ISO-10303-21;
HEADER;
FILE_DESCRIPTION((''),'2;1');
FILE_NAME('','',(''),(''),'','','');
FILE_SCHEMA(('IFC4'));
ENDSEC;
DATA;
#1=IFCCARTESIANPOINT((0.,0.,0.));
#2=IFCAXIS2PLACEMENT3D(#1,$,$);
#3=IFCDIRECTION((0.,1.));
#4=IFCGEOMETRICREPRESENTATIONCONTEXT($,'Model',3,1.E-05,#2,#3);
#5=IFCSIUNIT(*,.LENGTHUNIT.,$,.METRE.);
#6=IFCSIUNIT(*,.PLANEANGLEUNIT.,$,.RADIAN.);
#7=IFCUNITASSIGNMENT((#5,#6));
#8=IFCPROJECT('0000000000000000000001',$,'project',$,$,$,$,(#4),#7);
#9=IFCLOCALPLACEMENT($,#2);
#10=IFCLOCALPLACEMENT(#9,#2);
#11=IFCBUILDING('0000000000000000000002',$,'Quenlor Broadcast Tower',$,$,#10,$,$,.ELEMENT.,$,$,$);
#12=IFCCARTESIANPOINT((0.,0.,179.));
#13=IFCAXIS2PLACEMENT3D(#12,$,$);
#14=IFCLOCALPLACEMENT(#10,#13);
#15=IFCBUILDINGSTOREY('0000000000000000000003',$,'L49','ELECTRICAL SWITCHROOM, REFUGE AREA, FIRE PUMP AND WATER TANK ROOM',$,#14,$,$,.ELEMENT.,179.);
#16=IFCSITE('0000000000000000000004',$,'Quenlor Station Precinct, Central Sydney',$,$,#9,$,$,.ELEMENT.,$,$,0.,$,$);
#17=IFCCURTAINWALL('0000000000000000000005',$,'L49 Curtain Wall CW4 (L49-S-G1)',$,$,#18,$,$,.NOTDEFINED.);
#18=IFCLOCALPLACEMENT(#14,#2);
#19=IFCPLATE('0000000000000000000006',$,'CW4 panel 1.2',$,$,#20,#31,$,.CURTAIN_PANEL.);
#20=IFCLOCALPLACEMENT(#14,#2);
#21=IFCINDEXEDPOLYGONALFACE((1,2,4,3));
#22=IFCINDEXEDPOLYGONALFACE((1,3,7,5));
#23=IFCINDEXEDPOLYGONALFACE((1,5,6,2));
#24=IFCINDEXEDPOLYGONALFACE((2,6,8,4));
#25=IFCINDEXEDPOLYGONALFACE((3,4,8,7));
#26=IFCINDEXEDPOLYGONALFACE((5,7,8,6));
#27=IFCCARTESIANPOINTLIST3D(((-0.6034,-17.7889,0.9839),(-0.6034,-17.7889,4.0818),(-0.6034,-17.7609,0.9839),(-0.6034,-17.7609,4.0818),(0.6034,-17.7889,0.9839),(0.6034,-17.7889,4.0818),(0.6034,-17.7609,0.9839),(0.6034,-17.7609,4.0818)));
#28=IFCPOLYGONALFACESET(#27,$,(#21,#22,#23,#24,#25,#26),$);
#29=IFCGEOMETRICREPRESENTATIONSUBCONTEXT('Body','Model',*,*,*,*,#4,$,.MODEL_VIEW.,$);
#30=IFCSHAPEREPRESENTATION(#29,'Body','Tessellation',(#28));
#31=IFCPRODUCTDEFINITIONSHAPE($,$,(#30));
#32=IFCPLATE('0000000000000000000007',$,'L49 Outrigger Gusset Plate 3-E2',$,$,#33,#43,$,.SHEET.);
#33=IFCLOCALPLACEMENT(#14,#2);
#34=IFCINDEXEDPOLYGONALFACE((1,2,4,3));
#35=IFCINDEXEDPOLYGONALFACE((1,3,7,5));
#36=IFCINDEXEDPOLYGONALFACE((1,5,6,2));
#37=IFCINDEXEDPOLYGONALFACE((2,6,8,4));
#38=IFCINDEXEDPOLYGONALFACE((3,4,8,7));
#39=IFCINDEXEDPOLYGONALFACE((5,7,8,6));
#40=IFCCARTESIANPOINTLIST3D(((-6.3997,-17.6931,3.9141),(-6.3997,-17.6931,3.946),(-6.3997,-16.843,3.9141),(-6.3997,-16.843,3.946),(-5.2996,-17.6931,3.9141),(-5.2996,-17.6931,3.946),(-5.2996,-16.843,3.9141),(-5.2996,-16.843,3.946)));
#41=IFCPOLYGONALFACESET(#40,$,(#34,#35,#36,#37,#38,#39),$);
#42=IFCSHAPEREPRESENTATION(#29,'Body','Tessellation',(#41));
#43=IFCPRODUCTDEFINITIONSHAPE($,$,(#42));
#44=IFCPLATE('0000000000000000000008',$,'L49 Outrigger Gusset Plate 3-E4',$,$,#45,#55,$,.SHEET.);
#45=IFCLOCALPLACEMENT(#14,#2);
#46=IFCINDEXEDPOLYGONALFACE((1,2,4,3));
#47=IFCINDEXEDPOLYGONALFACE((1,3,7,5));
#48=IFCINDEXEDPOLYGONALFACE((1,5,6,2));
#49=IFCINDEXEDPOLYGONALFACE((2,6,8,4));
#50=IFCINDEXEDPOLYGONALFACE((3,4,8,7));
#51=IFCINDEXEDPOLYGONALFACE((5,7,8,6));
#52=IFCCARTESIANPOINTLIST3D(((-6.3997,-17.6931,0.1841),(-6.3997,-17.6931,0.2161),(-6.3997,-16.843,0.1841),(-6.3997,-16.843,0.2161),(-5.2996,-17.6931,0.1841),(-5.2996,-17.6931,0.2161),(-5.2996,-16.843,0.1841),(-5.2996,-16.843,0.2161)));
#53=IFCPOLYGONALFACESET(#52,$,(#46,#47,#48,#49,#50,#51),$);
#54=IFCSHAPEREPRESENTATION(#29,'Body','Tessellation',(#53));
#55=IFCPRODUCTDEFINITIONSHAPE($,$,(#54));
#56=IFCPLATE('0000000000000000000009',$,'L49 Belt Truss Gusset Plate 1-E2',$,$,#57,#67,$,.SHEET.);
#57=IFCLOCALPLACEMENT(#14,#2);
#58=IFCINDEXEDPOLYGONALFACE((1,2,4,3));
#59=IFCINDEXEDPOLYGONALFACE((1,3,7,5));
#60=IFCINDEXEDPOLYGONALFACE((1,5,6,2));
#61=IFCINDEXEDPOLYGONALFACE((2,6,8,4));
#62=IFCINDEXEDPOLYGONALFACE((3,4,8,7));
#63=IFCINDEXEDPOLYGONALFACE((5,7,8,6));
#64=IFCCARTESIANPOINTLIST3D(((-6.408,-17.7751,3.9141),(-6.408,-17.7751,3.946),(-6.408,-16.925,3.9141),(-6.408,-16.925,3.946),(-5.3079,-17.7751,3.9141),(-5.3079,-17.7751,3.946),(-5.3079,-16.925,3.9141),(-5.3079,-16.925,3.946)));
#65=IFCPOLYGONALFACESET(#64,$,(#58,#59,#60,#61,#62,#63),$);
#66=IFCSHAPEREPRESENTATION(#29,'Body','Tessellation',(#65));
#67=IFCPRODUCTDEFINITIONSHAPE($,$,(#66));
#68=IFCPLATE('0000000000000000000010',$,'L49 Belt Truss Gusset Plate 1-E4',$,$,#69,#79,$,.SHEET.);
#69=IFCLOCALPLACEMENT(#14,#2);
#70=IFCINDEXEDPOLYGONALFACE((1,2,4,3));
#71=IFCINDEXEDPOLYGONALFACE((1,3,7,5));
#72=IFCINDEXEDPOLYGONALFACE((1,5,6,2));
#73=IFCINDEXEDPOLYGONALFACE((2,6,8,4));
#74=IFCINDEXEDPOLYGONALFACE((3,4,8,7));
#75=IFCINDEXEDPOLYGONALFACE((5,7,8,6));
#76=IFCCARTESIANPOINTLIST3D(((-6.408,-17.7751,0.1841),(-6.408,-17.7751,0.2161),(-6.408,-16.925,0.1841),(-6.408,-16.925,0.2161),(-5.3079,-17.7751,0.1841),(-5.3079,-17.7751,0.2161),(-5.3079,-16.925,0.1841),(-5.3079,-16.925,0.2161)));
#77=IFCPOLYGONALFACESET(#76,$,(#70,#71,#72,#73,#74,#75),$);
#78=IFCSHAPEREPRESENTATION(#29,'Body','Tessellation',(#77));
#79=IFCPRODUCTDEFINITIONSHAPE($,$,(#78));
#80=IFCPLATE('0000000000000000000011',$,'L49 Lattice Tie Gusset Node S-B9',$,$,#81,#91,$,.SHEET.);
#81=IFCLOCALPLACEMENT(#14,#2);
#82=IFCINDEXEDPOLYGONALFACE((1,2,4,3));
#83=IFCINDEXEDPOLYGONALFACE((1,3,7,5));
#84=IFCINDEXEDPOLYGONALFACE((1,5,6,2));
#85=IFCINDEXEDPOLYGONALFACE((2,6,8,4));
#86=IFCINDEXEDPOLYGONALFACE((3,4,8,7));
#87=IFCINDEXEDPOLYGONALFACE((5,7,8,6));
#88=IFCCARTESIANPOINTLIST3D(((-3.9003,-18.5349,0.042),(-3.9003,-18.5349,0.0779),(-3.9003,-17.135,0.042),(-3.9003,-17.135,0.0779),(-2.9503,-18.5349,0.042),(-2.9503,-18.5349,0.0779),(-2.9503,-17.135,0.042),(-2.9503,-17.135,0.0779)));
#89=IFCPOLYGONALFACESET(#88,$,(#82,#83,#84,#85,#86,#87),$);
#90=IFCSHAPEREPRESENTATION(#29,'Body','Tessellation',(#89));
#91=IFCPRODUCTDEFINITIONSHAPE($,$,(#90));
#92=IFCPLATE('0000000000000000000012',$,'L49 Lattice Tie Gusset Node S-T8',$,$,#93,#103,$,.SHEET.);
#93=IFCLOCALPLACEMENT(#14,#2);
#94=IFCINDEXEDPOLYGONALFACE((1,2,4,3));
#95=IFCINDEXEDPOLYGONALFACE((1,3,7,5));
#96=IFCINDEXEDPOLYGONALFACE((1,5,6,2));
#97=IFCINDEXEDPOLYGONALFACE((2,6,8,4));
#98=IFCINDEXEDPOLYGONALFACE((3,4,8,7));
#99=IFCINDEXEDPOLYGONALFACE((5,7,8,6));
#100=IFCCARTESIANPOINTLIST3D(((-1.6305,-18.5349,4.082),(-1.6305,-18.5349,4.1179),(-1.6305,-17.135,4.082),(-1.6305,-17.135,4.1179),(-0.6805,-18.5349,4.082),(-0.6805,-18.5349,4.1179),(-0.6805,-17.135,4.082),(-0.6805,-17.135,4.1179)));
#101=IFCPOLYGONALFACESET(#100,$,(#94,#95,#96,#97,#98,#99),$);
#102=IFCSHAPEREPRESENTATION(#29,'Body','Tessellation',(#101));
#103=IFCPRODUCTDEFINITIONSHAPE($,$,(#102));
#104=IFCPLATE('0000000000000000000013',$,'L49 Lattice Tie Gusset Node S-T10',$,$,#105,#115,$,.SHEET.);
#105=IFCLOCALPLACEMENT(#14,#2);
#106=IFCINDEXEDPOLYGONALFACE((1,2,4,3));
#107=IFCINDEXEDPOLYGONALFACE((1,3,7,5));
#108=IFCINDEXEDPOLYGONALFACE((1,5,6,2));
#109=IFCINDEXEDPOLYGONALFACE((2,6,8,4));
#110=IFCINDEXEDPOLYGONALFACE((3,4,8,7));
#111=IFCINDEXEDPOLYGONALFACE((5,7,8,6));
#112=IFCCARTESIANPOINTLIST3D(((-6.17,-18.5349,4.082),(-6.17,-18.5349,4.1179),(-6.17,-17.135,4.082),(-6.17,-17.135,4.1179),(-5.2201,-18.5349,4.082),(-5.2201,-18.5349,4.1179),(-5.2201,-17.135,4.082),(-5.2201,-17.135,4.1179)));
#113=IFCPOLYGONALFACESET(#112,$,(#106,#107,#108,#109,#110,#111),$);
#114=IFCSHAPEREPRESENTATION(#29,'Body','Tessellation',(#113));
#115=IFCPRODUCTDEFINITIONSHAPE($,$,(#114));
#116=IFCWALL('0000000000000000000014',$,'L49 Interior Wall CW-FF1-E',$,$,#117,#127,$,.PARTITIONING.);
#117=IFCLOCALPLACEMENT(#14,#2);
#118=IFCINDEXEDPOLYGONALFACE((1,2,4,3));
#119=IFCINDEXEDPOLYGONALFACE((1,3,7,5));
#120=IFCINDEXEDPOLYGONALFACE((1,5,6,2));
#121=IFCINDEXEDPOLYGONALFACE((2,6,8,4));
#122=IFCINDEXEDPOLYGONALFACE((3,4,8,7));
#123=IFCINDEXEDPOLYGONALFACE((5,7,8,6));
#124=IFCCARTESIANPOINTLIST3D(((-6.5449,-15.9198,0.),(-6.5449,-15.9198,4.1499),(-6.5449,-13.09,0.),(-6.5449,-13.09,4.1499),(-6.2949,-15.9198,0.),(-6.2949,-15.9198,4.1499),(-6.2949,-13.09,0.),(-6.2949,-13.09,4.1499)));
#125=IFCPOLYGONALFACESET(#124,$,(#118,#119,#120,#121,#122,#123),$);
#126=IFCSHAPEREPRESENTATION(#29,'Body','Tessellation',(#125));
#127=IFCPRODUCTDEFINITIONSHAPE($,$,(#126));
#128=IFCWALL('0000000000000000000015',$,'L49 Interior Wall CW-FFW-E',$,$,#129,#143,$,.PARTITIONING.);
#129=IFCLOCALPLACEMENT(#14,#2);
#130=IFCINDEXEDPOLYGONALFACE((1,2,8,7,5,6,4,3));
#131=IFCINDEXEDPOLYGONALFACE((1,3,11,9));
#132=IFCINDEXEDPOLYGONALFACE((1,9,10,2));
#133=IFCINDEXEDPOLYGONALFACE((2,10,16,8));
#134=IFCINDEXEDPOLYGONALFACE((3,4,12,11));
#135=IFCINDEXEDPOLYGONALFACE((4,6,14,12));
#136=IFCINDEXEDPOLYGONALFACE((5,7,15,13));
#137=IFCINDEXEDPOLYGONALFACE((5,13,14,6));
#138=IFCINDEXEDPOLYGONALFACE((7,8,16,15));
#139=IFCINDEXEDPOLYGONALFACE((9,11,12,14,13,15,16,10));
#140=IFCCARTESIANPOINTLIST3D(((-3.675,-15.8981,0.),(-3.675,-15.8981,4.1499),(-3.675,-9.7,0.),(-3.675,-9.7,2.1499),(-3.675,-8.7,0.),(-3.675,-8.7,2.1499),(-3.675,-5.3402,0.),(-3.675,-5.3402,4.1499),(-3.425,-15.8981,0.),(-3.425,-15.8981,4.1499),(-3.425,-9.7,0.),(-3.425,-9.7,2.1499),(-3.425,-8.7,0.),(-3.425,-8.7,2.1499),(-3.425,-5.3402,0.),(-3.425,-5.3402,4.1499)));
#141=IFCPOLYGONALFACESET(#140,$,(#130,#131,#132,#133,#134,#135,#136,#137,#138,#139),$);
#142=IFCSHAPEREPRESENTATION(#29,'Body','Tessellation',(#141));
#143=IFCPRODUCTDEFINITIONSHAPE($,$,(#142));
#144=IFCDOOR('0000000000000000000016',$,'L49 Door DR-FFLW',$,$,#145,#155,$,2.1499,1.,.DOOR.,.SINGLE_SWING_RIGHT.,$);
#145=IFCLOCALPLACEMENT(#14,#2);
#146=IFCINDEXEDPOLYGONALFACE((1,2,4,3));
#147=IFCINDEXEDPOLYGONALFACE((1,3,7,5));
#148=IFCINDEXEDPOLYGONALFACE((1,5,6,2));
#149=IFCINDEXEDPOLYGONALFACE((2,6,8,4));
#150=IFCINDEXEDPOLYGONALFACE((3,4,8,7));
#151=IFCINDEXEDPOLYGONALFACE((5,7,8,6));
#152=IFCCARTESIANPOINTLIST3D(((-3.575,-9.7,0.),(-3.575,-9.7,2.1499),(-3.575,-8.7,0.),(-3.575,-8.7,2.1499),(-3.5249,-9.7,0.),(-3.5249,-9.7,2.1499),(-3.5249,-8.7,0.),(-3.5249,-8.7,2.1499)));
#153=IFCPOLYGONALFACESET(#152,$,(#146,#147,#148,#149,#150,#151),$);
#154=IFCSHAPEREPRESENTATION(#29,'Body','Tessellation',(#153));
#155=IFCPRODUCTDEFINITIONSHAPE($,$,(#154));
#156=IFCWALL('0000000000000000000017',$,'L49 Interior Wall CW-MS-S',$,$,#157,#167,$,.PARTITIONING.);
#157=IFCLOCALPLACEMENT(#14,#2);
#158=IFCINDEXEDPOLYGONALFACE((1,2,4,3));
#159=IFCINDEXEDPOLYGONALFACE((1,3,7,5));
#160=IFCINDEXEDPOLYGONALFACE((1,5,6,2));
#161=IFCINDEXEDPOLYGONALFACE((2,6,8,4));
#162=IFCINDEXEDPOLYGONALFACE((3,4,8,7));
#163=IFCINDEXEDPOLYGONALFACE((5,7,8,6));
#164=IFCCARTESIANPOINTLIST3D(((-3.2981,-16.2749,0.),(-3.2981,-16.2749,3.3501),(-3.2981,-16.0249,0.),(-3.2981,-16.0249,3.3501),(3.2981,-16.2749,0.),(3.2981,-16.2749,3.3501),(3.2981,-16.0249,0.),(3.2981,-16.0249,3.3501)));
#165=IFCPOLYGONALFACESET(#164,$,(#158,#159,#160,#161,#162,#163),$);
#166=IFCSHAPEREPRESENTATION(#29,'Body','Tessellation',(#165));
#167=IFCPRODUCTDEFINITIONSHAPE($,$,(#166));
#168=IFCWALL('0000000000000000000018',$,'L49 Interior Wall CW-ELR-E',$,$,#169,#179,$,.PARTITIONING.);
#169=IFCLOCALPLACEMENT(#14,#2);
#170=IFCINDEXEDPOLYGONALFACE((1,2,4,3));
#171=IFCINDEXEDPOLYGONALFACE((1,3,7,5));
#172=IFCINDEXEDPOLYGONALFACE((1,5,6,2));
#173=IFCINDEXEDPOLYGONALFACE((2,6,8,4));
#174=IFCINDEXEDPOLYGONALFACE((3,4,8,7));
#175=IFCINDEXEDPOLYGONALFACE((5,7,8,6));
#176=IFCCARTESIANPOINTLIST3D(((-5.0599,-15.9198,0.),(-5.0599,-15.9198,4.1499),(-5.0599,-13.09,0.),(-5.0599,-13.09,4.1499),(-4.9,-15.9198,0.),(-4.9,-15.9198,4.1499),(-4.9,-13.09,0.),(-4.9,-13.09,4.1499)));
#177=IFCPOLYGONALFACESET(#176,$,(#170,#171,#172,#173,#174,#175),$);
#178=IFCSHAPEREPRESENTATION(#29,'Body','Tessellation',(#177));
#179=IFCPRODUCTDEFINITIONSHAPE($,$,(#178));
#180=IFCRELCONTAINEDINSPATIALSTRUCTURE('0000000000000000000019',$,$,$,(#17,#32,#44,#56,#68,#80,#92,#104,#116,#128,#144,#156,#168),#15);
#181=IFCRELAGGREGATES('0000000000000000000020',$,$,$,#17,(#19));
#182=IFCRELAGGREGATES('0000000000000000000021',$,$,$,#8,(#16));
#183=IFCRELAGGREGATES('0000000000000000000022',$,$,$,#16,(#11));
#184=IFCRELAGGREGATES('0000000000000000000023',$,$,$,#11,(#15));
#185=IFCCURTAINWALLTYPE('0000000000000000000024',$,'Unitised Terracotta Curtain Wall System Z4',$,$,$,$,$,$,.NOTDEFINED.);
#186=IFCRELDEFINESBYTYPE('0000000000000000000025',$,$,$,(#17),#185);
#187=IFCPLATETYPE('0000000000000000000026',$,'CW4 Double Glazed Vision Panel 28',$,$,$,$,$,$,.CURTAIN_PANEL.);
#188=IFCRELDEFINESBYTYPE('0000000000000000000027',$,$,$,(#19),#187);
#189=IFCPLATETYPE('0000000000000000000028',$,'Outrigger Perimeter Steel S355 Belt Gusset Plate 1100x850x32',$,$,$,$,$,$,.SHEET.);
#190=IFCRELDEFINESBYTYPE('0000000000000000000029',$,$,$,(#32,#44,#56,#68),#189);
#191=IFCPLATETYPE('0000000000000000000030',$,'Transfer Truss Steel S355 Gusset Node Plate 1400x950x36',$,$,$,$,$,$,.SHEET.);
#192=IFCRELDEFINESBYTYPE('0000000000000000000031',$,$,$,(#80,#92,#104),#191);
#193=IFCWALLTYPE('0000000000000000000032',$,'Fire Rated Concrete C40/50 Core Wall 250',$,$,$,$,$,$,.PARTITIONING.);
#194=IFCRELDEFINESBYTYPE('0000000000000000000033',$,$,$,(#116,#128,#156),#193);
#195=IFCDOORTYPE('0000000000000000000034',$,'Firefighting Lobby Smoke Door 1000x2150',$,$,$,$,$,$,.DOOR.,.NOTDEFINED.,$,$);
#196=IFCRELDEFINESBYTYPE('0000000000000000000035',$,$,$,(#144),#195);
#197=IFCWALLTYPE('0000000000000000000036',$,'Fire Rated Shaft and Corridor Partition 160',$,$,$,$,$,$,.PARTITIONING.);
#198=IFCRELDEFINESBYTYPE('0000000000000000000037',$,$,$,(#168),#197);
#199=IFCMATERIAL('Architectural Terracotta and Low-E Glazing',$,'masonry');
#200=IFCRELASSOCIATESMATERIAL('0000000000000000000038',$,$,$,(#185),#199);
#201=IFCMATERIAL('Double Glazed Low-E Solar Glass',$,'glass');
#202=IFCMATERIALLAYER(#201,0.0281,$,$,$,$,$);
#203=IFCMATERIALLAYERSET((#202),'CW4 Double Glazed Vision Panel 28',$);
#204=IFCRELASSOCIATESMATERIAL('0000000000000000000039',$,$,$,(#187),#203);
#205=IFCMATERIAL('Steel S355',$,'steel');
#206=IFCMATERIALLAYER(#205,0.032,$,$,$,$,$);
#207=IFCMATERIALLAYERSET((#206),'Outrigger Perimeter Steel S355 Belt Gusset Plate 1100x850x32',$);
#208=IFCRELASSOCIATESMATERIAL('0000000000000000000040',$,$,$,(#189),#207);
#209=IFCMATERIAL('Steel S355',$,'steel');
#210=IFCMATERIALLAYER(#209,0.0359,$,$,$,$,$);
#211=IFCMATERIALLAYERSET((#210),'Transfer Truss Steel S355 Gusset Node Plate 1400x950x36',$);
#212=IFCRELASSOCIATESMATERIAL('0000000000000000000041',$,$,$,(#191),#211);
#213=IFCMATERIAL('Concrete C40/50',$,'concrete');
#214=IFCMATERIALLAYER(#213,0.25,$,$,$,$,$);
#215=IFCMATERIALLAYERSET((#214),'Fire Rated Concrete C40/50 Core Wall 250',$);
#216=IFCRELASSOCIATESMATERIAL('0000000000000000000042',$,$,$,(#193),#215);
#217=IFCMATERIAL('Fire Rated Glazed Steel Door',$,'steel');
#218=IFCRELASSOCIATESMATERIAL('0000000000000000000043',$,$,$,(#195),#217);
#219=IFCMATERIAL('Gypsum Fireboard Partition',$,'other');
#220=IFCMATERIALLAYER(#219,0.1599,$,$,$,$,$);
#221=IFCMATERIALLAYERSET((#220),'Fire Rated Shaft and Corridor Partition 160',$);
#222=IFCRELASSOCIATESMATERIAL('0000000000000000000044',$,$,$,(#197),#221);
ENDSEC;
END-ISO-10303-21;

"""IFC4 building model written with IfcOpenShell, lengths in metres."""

from ifc_helpers import new_model, si_unit, direction, frame, frame_2d, origin, origin_2d, place, context, subcontext, project, spatial, rectangle, extrude, material, layer, layer_set, type_object, element, fill, aggregate, save


model = new_model("IFC4")

# Units and contexts
model_context = context("Model", 3, precision=1e-05, world=origin(), true_north=direction((0.0, 1.0)))
body_context = subcontext(model_context, "Body", "Model", "MODEL_VIEW")
ifc_project = project(units=[si_unit("LENGTHUNIT", "METRE"), si_unit("PLANEANGLEUNIT", "RADIAN")], contexts=[model_context])

# Site, building, storey
site_placement = place(None, origin())
site = spatial("IfcSite", under=ifc_project, at=site_placement, Name="Quenlor Station Precinct, Central Sydney", CompositionType="ELEMENT", RefElevation=0.0)
building_placement = place(site_placement, origin())
building = spatial("IfcBuilding", under=site, at=building_placement, Name="Quenlor Broadcast Tower", CompositionType="ELEMENT")
storey_placement = place(building_placement, frame((0.0, 0.0, 179.0)))
storey = spatial("IfcBuildingStorey", under=building, at=storey_placement, Name="L49", Description="ELECTRICAL SWITCHROOM, REFUGE AREA, FIRE PUMP AND WATER TANK ROOM", CompositionType="ELEMENT", Elevation=179.0)

# Curtain wall
ifc_material_1 = material(Name="Architectural Terracotta and Low-E Glazing", Category="masonry")
curtain_wall_type = type_object("IfcCurtainWallType", Name="Unitised Terracotta Curtain Wall System Z4", PredefinedType="NOTDEFINED", material=ifc_material_1)
curtain_wall_placement = place(storey_placement, origin())
curtain_wall = element("IfcCurtainWall", 1, at=curtain_wall_placement, inside=storey, type_object=curtain_wall_type, Name="L49 Curtain Wall CW4 (L49-S-G1)", PredefinedType="NOTDEFINED")

# Plate
ifc_material_2 = material(Name="Double Glazed Low-E Solar Glass", Category="glass")
ifc_layer_1 = layer(ifc_material_2, 0.0281)
ifc_layer_set_1 = layer_set([ifc_layer_1], Name="CW4 Double Glazed Vision Panel 28")
plate_type_1 = type_object("IfcPlateType", Name="CW4 Double Glazed Vision Panel 28", PredefinedType="CURTAIN_PANEL", material=ifc_layer_set_1)
plate_1_placement = place(storey_placement, frame((0.0, -17.7749, 0.9839), z_axis=(0.0, 0.0, 1.0), x_axis=(-1.0, 0.0, 0.0)))
plate_1 = element("IfcPlate", 2, at=plate_1_placement, type_object=plate_type_1, Name="CW4 panel 1.2", PredefinedType="CURTAIN_PANEL", context=body_context, shape_type="SweptSolid", body=[
    extrude(rectangle(XDim=1.2068, YDim=0.0281, at=origin_2d()), origin(), (0.0, 0.0, 1.0), 3.0979),
])
aggregate(curtain_wall, [plate_1])

# Plates
ifc_material_3 = material(Name="Steel S355", Category="steel")
ifc_layer_2 = layer(ifc_material_3, 0.032)
ifc_layer_set_2 = layer_set([ifc_layer_2], Name="Outrigger Perimeter Steel S355 Belt Gusset Plate 1100x850x32")
plate_type_2 = type_object("IfcPlateType", Name="Outrigger Perimeter Steel S355 Belt Gusset Plate 1100x850x32", PredefinedType="SHEET", material=ifc_layer_set_2)
for number, where, z_axis, x_axis, name in (
    (3, (-5.8496, -17.2681, 3.9141), (0.0, 0.0, 1.0), (1.0, 0.0, 0.0), "L49 Outrigger Gusset Plate 3-E2"),
    (4, (-5.8496, -17.2681, 0.1841), (0.0, 0.0, 1.0), (1.0, 0.0, 0.0), "L49 Outrigger Gusset Plate 3-E4"),
    (5, (-5.8579, -17.3501, 3.9141), (0.0, 0.0, 1.0), (1.0, 0.0, 0.0), "L49 Belt Truss Gusset Plate 1-E2"),
    (6, (-5.8579, -17.3501, 0.1841), (0.0, 0.0, 1.0), (1.0, 0.0, 0.0), "L49 Belt Truss Gusset Plate 1-E4"),
):
    element("IfcPlate", number, at=place(storey_placement, frame(where, z_axis=z_axis, x_axis=x_axis)), inside=storey, type_object=plate_type_2, Name=name, PredefinedType="SHEET", context=body_context, shape_type="SweptSolid", body=[
        extrude(rectangle(XDim=1.1001, YDim=0.8501, at=origin_2d()), origin(), (0.0, 0.0, 1.0), 0.032),
    ])
ifc_material_4 = material(Name="Steel S355", Category="steel")
ifc_layer_3 = layer(ifc_material_4, 0.0359)
ifc_layer_set_3 = layer_set([ifc_layer_3], Name="Transfer Truss Steel S355 Gusset Node Plate 1400x950x36")
plate_type_3 = type_object("IfcPlateType", Name="Transfer Truss Steel S355 Gusset Node Plate 1400x950x36", PredefinedType="SHEET", material=ifc_layer_set_3)
for number, where, z_axis, x_axis, name in (
    (7, (-3.4253, -17.835, 0.042), (0.0, 0.0, 1.0), (0.0, -1.0, 0.0), "L49 Lattice Tie Gusset Node S-B9"),
    (8, (-1.1555, -17.835, 4.082), (0.0, 0.0, 1.0), (0.0, -1.0, 0.0), "L49 Lattice Tie Gusset Node S-T8"),
    (9, (-5.6951, -17.835, 4.082), (0.0, 0.0, 1.0), (0.0, -1.0, 0.0), "L49 Lattice Tie Gusset Node S-T10"),
):
    element("IfcPlate", number, at=place(storey_placement, frame(where, z_axis=z_axis, x_axis=x_axis)), inside=storey, type_object=plate_type_3, Name=name, PredefinedType="SHEET", context=body_context, shape_type="SweptSolid", body=[
        extrude(rectangle(XDim=1.3999, YDim=0.95, at=origin_2d()), origin(), (0.0, 0.0, 1.0), 0.0359),
    ])

# Wall
ifc_material_5 = material(Name="Concrete C40/50", Category="concrete")
ifc_layer_4 = layer(ifc_material_5, 0.25)
ifc_layer_set_4 = layer_set([ifc_layer_4], Name="Fire Rated Concrete C40/50 Core Wall 250")
wall_type_1 = type_object("IfcWallType", Name="Fire Rated Concrete C40/50 Core Wall 250", PredefinedType="PARTITIONING", material=ifc_layer_set_4)
wall_1_placement = place(storey_placement, frame((-6.4199, -15.9199, 0.0), z_axis=(0.0, 0.0, 1.0), x_axis=(0.0, 1.0, 0.0)))
element("IfcWall", 10, at=wall_1_placement, inside=storey, type_object=wall_type_1, Name="L49 Interior Wall CW-FF1-E", PredefinedType="PARTITIONING", context=body_context, shape_type="SweptSolid", body=[
    extrude(rectangle(XDim=2.8298, YDim=0.25, at=frame_2d((1.415, 0.0))), origin(), (0.0, 0.0, 1.0), 4.1499),
])

# Wall, opening, door
wall_2_placement = place(storey_placement, frame((-3.55, -15.8979, 0.0), z_axis=(0.0, 0.0, 1.0), x_axis=(0.0, 1.0, 0.0)))
wall_2 = element("IfcWall", 11, at=wall_2_placement, inside=storey, type_object=wall_type_1, Name="L49 Interior Wall CW-FFW-E", PredefinedType="PARTITIONING", context=body_context, shape_type="SweptSolid", body=[
    extrude(rectangle(XDim=10.5579, YDim=0.25, at=frame_2d((5.2788, 0.0))), origin(), (0.0, 0.0, 1.0), 4.1499),
])
opening_1_placement = place(wall_2_placement, frame((6.198, 0.0, 0.0)))
opening_1 = element("IfcOpeningElement", 12, at=opening_1_placement, cuts=wall_2, PredefinedType="OPENING", context=body_context, shape_type="SweptSolid", body=[
    extrude(rectangle(XDim=1.0, YDim=2.1499, at=frame_2d((0.5, 1.075))), frame((0.0, 0.135, 0.0), z_axis=(0.0, -1.0, 0.0), x_axis=(1.0, 0.0, 0.0)), (0.0, 0.0, 1.0), 0.27),
])
ifc_material_6 = material(Name="Fire Rated Glazed Steel Door", Category="steel")
door_type_1 = type_object("IfcDoorType", Name="Firefighting Lobby Smoke Door 1000x2150", OperationType="NOTDEFINED", PredefinedType="DOOR", material=ifc_material_6)
door_1_placement = place(opening_1_placement, origin())
door_1 = element("IfcDoor", 13, at=door_1_placement, inside=storey, type_object=door_type_1, Name="L49 Door DR-FFLW", OperationType="SINGLE_SWING_RIGHT", OverallHeight=2.1499, OverallWidth=1.0, PredefinedType="DOOR", context=body_context, shape_type="SweptSolid", body=[
    extrude(rectangle(XDim=1.0, YDim=2.1499, at=frame_2d((0.5, 1.075))), frame((0.0, 0.0249, 0.0), z_axis=(0.0, -1.0, 0.0), x_axis=(1.0, 0.0, 0.0)), (0.0, 0.0, 1.0), 0.05),
])
fill(opening_1, door_1)

# Walls
wall_3_placement = place(storey_placement, frame((-3.2981, -16.1499, 0.0), z_axis=(0.0, 0.0, 1.0), x_axis=(1.0, 0.0, 0.0)))
element("IfcWall", 14, at=wall_3_placement, inside=storey, type_object=wall_type_1, Name="L49 Interior Wall CW-MS-S", PredefinedType="PARTITIONING", context=body_context, shape_type="SweptSolid", body=[
    extrude(rectangle(XDim=6.5962, YDim=0.25, at=frame_2d((3.2981, 0.0))), origin(), (0.0, 0.0, 1.0), 3.3501),
])
ifc_material_7 = material(Name="Gypsum Fireboard Partition", Category="other")
ifc_layer_5 = layer(ifc_material_7, 0.1599)
ifc_layer_set_5 = layer_set([ifc_layer_5], Name="Fire Rated Shaft and Corridor Partition 160")
wall_type_2 = type_object("IfcWallType", Name="Fire Rated Shaft and Corridor Partition 160", PredefinedType="PARTITIONING", material=ifc_layer_set_5)
wall_4_placement = place(storey_placement, frame((-4.98, -15.9199, 0.0), z_axis=(0.0, 0.0, 1.0), x_axis=(0.0, 1.0, 0.0)))
element("IfcWall", 15, at=wall_4_placement, inside=storey, type_object=wall_type_2, Name="L49 Interior Wall CW-ELR-E", PredefinedType="PARTITIONING", context=body_context, shape_type="SweptSolid", body=[
    extrude(rectangle(XDim=2.8298, YDim=0.1599, at=frame_2d((1.415, 0.0))), origin(), (0.0, 0.0, 1.0), 4.1499),
])

save(model, "model.ifc")
